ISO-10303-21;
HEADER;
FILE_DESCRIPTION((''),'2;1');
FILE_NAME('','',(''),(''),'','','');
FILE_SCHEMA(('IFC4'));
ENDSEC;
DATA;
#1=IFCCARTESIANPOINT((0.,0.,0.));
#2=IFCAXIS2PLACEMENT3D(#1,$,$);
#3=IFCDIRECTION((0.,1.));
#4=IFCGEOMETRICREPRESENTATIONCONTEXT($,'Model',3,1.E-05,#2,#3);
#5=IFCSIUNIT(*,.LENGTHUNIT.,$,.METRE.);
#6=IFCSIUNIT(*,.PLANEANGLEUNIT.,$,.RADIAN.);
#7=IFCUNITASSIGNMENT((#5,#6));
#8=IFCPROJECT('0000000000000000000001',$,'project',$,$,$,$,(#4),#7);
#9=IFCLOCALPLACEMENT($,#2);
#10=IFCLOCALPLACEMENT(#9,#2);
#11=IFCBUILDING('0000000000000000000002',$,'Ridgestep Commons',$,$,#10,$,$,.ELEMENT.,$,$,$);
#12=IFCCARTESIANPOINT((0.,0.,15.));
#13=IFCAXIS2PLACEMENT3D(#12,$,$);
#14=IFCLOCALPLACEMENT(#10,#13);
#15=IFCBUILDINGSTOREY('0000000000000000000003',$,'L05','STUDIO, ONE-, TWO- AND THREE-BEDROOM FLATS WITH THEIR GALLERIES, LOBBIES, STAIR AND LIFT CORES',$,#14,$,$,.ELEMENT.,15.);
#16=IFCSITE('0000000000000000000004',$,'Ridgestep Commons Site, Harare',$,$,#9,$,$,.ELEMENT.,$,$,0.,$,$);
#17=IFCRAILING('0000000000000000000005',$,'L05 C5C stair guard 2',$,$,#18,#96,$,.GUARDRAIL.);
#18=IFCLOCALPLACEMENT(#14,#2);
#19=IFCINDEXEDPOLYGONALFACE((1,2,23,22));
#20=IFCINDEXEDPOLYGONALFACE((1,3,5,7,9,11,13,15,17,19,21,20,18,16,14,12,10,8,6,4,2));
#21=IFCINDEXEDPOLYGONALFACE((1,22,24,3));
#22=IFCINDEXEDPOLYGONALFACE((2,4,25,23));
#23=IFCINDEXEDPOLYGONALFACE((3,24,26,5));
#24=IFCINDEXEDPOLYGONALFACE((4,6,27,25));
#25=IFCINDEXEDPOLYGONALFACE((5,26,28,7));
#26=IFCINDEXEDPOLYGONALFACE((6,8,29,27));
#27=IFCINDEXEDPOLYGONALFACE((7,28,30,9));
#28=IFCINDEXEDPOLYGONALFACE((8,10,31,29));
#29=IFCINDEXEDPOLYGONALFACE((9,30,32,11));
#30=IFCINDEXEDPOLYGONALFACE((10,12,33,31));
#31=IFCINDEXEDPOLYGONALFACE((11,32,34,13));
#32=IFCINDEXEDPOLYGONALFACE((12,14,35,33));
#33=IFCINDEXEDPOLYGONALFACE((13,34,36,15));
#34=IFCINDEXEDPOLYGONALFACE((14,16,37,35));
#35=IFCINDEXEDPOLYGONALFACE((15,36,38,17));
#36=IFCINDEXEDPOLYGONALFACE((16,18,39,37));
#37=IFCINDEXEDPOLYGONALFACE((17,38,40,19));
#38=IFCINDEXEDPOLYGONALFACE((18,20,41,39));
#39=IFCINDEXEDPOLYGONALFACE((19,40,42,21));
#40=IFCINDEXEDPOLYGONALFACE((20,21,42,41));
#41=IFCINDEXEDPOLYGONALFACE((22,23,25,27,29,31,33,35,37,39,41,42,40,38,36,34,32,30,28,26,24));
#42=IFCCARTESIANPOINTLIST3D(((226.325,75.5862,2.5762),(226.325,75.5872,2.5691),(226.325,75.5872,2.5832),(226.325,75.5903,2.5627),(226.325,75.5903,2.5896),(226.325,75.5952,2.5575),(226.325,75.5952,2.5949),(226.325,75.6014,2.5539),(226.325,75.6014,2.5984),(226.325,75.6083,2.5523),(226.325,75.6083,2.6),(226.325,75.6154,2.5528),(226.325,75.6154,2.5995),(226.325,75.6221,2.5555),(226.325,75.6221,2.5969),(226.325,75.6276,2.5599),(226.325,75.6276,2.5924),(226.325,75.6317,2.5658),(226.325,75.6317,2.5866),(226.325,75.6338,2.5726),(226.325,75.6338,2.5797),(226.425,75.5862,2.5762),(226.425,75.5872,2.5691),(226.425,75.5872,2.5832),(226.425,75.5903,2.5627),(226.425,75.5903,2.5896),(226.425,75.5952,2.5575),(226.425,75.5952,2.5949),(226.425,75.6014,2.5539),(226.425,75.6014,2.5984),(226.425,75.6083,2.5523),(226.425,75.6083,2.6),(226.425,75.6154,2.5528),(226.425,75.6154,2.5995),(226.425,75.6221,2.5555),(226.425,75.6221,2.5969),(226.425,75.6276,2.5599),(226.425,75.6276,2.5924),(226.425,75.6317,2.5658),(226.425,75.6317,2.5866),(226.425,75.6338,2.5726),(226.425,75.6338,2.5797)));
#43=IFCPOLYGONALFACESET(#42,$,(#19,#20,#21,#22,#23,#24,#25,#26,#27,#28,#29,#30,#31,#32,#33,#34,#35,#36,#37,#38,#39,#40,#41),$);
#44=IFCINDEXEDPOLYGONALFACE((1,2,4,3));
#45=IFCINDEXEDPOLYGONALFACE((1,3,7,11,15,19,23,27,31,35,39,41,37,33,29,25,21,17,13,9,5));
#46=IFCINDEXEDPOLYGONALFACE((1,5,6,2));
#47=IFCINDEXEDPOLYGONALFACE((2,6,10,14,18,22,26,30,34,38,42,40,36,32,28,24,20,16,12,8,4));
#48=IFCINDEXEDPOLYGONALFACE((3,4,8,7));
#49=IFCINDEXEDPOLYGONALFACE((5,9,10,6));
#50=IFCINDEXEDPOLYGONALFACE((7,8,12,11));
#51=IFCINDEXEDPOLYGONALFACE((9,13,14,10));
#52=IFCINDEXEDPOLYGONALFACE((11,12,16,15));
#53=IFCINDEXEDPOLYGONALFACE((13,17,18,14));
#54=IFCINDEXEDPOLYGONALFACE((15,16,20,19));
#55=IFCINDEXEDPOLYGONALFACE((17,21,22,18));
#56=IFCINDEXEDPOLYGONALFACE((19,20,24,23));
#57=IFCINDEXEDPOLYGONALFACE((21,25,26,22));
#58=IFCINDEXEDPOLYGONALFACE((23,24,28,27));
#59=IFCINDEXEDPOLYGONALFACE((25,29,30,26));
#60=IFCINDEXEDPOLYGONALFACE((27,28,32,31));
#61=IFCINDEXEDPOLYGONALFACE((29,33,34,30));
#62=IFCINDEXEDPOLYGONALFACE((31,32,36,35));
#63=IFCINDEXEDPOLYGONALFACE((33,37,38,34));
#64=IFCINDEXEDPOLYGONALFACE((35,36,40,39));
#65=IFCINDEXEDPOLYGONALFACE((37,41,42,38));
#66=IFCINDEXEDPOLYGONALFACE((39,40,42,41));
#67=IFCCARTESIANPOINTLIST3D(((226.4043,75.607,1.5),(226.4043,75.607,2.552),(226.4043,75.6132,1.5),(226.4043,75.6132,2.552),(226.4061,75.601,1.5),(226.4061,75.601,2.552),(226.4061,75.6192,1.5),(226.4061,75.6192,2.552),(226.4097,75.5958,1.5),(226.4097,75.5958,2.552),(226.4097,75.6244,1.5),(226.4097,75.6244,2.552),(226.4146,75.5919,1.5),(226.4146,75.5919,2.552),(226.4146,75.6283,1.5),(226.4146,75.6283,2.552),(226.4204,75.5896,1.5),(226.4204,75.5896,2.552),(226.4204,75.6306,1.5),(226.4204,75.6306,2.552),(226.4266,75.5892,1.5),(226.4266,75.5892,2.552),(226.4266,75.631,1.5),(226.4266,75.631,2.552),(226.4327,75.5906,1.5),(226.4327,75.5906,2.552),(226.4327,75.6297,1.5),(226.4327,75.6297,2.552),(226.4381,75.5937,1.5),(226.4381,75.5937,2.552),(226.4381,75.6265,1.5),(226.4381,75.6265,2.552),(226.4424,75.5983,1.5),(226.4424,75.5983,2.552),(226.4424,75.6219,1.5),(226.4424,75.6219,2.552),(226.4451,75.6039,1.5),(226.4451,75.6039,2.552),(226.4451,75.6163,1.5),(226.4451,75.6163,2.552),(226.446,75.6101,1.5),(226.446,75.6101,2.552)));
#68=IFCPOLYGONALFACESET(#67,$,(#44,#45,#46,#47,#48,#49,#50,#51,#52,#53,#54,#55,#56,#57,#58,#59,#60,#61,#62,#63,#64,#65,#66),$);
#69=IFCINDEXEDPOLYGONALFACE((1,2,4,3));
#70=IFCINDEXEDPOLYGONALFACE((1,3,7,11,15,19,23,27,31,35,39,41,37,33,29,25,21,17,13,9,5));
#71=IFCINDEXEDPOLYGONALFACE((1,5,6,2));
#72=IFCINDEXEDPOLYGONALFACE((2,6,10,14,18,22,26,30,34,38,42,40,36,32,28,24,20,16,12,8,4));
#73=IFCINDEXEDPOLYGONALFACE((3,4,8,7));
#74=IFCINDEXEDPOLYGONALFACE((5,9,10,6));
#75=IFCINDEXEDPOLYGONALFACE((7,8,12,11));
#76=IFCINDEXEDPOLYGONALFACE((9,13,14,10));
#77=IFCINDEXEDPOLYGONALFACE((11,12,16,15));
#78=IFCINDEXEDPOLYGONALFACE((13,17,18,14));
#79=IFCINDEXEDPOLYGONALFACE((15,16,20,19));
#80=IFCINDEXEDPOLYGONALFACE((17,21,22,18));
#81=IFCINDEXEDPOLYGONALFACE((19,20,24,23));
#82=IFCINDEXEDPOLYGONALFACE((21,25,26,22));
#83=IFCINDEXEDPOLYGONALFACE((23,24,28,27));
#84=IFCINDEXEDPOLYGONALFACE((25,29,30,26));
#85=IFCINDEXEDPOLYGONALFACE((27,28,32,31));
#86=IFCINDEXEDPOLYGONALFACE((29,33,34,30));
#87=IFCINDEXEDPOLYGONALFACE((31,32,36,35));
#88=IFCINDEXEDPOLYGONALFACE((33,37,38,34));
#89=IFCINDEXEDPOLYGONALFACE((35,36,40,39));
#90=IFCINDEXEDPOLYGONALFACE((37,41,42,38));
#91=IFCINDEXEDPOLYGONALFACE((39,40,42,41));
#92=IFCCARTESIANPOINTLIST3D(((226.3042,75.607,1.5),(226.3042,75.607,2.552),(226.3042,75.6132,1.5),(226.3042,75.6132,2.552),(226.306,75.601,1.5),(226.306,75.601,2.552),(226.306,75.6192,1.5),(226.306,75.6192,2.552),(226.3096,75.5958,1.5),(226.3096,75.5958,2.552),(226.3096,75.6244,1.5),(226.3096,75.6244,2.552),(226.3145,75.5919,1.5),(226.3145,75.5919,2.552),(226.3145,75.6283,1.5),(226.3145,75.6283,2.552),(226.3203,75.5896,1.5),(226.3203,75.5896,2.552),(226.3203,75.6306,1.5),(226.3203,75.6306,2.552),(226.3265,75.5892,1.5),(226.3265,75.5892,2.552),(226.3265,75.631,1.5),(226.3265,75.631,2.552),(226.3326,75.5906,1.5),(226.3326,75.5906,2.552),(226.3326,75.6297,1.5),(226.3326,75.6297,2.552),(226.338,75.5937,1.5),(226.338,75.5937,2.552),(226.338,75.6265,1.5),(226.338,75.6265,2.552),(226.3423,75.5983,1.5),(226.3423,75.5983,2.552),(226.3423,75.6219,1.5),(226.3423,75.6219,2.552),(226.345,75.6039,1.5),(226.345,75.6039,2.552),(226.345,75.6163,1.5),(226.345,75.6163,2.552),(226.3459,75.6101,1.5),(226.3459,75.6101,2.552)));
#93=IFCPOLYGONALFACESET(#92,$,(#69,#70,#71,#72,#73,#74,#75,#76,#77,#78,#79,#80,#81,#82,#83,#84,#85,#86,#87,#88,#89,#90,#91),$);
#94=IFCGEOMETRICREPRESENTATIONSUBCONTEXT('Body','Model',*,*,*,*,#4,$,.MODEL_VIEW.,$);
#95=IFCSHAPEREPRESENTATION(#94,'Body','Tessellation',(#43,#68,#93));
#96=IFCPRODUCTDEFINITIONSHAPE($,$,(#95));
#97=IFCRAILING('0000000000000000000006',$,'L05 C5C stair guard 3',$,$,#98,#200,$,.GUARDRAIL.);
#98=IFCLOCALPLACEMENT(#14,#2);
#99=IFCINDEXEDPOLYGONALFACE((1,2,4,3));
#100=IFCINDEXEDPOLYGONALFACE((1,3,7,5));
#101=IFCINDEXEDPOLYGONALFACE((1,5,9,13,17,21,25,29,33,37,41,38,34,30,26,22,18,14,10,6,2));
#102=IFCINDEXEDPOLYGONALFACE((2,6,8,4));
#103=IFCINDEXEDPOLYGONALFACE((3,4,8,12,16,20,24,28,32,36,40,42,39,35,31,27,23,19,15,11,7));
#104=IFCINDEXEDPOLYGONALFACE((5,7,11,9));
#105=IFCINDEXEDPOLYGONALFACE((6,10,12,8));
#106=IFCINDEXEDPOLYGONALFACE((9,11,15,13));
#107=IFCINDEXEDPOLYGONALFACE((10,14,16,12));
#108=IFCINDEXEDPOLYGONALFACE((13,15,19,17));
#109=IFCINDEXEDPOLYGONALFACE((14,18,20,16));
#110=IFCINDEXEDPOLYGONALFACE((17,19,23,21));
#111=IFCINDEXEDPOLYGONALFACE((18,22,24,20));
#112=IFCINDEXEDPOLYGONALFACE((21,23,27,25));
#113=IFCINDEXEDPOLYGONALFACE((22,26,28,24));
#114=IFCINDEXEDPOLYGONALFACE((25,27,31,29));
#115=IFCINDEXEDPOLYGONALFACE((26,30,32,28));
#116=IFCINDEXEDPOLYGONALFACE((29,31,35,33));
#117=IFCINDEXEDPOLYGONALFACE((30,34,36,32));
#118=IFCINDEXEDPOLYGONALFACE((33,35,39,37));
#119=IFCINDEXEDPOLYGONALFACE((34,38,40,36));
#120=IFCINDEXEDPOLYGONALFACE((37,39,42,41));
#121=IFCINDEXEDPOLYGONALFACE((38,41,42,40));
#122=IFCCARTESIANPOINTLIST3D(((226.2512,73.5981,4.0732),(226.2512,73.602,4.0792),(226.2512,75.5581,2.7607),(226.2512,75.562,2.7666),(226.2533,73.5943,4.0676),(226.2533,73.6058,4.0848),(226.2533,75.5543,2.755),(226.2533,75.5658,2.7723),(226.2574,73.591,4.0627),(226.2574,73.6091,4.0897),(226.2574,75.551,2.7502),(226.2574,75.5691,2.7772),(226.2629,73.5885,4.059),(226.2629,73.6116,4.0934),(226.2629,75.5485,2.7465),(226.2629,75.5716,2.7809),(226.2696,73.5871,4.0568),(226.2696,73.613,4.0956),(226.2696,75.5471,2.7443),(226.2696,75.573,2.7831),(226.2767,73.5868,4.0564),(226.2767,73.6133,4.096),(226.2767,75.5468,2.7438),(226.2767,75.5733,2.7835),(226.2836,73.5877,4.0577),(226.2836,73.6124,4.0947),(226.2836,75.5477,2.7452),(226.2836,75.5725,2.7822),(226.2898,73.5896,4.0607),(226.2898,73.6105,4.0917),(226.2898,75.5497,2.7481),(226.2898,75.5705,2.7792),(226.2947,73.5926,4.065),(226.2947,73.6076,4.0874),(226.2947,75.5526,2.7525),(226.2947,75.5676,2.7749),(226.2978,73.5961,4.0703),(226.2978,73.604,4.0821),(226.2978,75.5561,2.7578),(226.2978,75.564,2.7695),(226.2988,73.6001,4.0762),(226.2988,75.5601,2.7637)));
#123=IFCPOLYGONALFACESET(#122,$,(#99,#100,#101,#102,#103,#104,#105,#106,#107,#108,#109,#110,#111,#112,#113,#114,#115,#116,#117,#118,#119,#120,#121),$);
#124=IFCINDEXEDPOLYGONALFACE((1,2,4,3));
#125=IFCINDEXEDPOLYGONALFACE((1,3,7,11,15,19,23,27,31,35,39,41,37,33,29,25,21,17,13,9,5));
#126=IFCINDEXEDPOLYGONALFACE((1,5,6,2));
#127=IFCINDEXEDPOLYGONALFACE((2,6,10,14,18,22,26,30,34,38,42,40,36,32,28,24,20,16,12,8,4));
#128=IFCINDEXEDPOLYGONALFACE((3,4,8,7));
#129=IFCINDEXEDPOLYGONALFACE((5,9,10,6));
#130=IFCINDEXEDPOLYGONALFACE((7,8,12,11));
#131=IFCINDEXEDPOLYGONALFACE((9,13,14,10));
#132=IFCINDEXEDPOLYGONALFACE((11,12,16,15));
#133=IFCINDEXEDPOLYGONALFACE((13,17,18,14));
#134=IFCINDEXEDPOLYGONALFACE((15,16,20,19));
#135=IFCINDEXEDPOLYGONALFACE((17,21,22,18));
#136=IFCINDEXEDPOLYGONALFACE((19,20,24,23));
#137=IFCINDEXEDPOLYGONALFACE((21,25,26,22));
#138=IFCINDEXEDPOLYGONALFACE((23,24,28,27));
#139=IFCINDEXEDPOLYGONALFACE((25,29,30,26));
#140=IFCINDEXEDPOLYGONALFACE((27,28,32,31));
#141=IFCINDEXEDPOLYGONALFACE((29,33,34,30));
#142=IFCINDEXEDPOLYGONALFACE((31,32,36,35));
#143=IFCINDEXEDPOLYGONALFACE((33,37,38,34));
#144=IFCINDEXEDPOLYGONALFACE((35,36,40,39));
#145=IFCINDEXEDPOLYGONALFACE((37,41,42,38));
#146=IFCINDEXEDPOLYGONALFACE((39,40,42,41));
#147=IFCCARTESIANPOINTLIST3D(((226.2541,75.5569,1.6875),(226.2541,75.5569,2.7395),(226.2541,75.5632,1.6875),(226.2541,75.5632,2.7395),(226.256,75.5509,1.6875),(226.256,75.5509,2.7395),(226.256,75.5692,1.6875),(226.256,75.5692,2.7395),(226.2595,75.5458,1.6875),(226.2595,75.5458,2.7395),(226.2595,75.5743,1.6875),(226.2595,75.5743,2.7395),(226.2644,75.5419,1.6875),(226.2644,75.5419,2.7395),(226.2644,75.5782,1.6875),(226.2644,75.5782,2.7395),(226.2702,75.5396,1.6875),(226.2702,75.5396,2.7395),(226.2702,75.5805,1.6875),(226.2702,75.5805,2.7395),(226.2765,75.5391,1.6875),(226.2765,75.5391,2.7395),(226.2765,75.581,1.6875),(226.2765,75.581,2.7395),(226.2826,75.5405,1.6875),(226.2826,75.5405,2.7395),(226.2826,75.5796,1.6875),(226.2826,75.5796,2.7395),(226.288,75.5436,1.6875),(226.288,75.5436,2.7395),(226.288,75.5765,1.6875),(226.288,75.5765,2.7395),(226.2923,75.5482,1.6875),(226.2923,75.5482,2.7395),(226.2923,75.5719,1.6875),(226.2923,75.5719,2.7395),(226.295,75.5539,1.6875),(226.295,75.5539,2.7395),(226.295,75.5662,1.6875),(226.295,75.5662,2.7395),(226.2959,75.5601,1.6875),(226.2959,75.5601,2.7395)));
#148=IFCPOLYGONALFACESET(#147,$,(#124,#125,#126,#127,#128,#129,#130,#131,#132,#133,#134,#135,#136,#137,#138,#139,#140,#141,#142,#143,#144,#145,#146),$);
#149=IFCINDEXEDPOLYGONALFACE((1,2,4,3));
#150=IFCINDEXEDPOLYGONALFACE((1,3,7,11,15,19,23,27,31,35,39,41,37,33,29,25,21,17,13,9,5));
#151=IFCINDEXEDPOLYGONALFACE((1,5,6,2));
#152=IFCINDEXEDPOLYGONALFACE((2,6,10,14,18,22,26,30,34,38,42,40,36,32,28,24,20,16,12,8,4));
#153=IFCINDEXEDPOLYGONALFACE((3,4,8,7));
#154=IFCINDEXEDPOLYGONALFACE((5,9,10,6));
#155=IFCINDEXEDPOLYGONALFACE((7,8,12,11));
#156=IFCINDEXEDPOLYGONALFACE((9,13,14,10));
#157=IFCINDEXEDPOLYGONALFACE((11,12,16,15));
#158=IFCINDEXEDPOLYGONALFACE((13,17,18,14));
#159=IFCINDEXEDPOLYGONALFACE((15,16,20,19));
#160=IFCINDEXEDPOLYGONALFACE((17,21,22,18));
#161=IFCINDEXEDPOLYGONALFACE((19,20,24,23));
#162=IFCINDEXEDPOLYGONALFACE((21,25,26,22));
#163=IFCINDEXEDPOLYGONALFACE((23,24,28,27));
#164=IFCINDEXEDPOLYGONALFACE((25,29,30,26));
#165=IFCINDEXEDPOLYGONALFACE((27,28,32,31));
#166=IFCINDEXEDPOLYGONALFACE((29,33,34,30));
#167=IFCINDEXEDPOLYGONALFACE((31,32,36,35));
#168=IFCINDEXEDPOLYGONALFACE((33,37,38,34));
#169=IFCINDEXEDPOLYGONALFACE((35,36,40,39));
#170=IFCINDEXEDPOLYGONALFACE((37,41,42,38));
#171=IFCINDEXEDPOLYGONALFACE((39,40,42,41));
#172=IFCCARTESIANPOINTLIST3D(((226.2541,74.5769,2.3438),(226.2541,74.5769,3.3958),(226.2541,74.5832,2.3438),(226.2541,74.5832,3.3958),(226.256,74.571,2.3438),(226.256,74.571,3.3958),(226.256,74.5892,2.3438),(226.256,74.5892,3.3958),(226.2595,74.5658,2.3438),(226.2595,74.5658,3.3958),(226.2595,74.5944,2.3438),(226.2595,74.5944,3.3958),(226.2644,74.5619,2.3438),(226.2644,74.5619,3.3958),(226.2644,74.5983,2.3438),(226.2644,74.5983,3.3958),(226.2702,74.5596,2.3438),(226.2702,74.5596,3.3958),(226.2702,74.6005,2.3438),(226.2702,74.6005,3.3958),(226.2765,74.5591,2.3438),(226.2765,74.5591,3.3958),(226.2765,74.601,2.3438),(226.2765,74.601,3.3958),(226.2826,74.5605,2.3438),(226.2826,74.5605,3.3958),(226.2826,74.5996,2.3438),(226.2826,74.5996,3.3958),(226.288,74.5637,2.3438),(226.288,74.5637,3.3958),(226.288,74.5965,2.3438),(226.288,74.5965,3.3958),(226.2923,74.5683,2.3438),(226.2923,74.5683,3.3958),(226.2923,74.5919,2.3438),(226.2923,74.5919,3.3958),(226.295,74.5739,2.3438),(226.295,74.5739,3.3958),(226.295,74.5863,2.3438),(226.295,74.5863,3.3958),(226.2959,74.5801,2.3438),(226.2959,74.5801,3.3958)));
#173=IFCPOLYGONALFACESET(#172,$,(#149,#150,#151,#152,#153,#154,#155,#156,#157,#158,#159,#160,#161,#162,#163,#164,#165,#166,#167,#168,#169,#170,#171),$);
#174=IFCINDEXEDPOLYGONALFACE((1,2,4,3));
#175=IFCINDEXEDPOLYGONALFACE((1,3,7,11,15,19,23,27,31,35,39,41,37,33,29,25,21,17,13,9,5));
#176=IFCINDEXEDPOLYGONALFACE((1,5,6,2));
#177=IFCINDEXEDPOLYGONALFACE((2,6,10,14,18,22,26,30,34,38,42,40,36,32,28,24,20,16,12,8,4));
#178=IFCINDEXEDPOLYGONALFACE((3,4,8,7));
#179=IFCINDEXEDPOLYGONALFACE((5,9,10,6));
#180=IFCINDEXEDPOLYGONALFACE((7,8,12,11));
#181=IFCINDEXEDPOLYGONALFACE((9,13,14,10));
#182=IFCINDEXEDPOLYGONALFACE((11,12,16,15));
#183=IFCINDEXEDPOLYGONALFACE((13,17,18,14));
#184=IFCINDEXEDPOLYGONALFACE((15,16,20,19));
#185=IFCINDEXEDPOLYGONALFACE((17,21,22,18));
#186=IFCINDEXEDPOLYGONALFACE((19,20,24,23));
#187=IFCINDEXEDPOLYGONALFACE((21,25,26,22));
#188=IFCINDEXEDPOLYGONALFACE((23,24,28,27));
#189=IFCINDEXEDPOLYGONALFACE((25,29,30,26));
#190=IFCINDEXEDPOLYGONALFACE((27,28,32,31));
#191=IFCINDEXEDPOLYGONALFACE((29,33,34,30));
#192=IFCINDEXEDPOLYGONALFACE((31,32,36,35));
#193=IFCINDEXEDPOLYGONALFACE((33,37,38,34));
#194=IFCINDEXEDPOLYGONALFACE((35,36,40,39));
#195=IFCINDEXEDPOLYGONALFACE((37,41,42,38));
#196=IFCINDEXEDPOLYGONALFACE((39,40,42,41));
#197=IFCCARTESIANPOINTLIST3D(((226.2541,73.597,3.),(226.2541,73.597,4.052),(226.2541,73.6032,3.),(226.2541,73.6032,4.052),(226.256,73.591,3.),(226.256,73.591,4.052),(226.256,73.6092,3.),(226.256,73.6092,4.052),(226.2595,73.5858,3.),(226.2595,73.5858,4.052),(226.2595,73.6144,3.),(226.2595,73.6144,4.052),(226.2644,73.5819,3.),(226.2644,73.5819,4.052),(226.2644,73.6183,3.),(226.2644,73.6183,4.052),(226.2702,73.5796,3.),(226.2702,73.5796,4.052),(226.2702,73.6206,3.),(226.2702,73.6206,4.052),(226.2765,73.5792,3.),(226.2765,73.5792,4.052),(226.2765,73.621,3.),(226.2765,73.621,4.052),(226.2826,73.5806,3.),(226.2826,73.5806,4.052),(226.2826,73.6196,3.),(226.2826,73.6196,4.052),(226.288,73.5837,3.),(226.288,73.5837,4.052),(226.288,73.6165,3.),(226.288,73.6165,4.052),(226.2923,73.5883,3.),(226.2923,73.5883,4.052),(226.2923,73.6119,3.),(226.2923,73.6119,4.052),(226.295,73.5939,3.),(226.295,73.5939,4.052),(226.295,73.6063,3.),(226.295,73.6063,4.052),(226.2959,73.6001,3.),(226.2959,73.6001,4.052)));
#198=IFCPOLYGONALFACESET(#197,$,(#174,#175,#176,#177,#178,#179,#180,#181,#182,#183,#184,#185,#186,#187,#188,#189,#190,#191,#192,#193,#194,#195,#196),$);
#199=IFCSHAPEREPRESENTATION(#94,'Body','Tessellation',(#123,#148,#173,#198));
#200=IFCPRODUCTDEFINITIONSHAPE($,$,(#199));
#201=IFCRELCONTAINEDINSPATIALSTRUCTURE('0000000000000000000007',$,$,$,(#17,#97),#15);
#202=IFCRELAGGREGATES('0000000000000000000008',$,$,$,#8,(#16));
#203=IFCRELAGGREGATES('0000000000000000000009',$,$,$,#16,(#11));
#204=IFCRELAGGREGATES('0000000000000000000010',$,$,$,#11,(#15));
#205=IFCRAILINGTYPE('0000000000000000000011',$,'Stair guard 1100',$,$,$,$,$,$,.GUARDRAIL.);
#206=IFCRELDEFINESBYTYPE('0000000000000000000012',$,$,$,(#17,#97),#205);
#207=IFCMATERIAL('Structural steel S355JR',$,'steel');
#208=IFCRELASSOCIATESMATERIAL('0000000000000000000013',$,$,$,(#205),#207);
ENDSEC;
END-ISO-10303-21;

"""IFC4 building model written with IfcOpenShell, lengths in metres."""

from ifc_helpers import new_model, si_unit, direction, frame, origin, origin_2d, place, context, subcontext, project, spatial, circle, extrude, material, type_object, element, save


model = new_model("IFC4")

# Units and contexts
model_context = context("Model", 3, precision=1e-05, world=origin(), true_north=direction((0.0, 1.0)))
body_context = subcontext(model_context, "Body", "Model", "MODEL_VIEW")
ifc_project = project(units=[si_unit("LENGTHUNIT", "METRE"), si_unit("PLANEANGLEUNIT", "RADIAN")], contexts=[model_context])

# Site, building, storey
site_placement = place(None, origin())
site = spatial("IfcSite", under=ifc_project, at=site_placement, Name="Ridgestep Commons Site, Harare", CompositionType="ELEMENT", RefElevation=0.0)
building_placement = place(site_placement, origin())
building = spatial("IfcBuilding", under=site, at=building_placement, Name="Ridgestep Commons", CompositionType="ELEMENT")
storey_placement = place(building_placement, frame((0.0, 0.0, 15.0)))
storey = spatial("IfcBuildingStorey", under=building, at=storey_placement, Name="L05", Description="STUDIO, ONE-, TWO- AND THREE-BEDROOM FLATS WITH THEIR GALLERIES, LOBBIES, STAIR AND LIFT CORES", CompositionType="ELEMENT", Elevation=15.0)

# Railings
ifc_material_1 = material(Name="Structural steel S355JR", Category="steel")
railing_type_1 = type_object("IfcRailingType", Name="Stair guard 1100", PredefinedType="GUARDRAIL", material=ifc_material_1)
railing_1_placement = place(storey_placement, frame((226.425, 75.6101, 1.5)))
element("IfcRailing", 1, at=railing_1_placement, inside=storey, type_object=railing_type_1, Name="L05 C5C stair guard 2", PredefinedType="GUARDRAIL", context=body_context, shape_type="SweptSolid", body=[
    extrude(circle(Radius=0.0239, at=origin_2d()), frame((0.0, 0.0, 1.0762), z_axis=(-1.0, 0.0, 0.0), x_axis=(0.0, -1.0, 0.0)), (0.0, 0.0, 1.0), 0.1001),
    extrude(circle(Radius=0.021, at=origin_2d()), origin(), (0.0, 0.0, 1.0), 1.052),
    extrude(circle(Radius=0.021, at=origin_2d()), frame((-0.1001, 0.0, 0.0)), (0.0, 0.0, 1.0), 1.052),
])
railing_2_placement = place(storey_placement, frame((226.2749, 75.5601, 1.6875)))
element("IfcRailing", 2, at=railing_2_placement, inside=storey, type_object=railing_type_1, Name="L05 C5C stair guard 3", PredefinedType="GUARDRAIL", context=body_context, shape_type="SweptSolid", body=[
    extrude(circle(Radius=0.0239, at=origin_2d()), frame((0.0, 0.0, 1.0762), z_axis=(0.0, -0.830902, 0.556419), x_axis=(1.0, 0.0, 0.0)), (0.0, 0.0, 1.0), 2.3589),
    extrude(circle(Radius=0.021, at=origin_2d()), origin(), (0.0, 0.0, 1.0), 1.052),
    extrude(circle(Radius=0.021, at=origin_2d()), frame((0.0, -0.98, 0.6562)), (0.0, 0.0, 1.0), 1.052),
    extrude(circle(Radius=0.021, at=origin_2d()), frame((0.0, -1.96, 1.3125)), (0.0, 0.0, 1.0), 1.052),
])

save(model, "model.ifc")
